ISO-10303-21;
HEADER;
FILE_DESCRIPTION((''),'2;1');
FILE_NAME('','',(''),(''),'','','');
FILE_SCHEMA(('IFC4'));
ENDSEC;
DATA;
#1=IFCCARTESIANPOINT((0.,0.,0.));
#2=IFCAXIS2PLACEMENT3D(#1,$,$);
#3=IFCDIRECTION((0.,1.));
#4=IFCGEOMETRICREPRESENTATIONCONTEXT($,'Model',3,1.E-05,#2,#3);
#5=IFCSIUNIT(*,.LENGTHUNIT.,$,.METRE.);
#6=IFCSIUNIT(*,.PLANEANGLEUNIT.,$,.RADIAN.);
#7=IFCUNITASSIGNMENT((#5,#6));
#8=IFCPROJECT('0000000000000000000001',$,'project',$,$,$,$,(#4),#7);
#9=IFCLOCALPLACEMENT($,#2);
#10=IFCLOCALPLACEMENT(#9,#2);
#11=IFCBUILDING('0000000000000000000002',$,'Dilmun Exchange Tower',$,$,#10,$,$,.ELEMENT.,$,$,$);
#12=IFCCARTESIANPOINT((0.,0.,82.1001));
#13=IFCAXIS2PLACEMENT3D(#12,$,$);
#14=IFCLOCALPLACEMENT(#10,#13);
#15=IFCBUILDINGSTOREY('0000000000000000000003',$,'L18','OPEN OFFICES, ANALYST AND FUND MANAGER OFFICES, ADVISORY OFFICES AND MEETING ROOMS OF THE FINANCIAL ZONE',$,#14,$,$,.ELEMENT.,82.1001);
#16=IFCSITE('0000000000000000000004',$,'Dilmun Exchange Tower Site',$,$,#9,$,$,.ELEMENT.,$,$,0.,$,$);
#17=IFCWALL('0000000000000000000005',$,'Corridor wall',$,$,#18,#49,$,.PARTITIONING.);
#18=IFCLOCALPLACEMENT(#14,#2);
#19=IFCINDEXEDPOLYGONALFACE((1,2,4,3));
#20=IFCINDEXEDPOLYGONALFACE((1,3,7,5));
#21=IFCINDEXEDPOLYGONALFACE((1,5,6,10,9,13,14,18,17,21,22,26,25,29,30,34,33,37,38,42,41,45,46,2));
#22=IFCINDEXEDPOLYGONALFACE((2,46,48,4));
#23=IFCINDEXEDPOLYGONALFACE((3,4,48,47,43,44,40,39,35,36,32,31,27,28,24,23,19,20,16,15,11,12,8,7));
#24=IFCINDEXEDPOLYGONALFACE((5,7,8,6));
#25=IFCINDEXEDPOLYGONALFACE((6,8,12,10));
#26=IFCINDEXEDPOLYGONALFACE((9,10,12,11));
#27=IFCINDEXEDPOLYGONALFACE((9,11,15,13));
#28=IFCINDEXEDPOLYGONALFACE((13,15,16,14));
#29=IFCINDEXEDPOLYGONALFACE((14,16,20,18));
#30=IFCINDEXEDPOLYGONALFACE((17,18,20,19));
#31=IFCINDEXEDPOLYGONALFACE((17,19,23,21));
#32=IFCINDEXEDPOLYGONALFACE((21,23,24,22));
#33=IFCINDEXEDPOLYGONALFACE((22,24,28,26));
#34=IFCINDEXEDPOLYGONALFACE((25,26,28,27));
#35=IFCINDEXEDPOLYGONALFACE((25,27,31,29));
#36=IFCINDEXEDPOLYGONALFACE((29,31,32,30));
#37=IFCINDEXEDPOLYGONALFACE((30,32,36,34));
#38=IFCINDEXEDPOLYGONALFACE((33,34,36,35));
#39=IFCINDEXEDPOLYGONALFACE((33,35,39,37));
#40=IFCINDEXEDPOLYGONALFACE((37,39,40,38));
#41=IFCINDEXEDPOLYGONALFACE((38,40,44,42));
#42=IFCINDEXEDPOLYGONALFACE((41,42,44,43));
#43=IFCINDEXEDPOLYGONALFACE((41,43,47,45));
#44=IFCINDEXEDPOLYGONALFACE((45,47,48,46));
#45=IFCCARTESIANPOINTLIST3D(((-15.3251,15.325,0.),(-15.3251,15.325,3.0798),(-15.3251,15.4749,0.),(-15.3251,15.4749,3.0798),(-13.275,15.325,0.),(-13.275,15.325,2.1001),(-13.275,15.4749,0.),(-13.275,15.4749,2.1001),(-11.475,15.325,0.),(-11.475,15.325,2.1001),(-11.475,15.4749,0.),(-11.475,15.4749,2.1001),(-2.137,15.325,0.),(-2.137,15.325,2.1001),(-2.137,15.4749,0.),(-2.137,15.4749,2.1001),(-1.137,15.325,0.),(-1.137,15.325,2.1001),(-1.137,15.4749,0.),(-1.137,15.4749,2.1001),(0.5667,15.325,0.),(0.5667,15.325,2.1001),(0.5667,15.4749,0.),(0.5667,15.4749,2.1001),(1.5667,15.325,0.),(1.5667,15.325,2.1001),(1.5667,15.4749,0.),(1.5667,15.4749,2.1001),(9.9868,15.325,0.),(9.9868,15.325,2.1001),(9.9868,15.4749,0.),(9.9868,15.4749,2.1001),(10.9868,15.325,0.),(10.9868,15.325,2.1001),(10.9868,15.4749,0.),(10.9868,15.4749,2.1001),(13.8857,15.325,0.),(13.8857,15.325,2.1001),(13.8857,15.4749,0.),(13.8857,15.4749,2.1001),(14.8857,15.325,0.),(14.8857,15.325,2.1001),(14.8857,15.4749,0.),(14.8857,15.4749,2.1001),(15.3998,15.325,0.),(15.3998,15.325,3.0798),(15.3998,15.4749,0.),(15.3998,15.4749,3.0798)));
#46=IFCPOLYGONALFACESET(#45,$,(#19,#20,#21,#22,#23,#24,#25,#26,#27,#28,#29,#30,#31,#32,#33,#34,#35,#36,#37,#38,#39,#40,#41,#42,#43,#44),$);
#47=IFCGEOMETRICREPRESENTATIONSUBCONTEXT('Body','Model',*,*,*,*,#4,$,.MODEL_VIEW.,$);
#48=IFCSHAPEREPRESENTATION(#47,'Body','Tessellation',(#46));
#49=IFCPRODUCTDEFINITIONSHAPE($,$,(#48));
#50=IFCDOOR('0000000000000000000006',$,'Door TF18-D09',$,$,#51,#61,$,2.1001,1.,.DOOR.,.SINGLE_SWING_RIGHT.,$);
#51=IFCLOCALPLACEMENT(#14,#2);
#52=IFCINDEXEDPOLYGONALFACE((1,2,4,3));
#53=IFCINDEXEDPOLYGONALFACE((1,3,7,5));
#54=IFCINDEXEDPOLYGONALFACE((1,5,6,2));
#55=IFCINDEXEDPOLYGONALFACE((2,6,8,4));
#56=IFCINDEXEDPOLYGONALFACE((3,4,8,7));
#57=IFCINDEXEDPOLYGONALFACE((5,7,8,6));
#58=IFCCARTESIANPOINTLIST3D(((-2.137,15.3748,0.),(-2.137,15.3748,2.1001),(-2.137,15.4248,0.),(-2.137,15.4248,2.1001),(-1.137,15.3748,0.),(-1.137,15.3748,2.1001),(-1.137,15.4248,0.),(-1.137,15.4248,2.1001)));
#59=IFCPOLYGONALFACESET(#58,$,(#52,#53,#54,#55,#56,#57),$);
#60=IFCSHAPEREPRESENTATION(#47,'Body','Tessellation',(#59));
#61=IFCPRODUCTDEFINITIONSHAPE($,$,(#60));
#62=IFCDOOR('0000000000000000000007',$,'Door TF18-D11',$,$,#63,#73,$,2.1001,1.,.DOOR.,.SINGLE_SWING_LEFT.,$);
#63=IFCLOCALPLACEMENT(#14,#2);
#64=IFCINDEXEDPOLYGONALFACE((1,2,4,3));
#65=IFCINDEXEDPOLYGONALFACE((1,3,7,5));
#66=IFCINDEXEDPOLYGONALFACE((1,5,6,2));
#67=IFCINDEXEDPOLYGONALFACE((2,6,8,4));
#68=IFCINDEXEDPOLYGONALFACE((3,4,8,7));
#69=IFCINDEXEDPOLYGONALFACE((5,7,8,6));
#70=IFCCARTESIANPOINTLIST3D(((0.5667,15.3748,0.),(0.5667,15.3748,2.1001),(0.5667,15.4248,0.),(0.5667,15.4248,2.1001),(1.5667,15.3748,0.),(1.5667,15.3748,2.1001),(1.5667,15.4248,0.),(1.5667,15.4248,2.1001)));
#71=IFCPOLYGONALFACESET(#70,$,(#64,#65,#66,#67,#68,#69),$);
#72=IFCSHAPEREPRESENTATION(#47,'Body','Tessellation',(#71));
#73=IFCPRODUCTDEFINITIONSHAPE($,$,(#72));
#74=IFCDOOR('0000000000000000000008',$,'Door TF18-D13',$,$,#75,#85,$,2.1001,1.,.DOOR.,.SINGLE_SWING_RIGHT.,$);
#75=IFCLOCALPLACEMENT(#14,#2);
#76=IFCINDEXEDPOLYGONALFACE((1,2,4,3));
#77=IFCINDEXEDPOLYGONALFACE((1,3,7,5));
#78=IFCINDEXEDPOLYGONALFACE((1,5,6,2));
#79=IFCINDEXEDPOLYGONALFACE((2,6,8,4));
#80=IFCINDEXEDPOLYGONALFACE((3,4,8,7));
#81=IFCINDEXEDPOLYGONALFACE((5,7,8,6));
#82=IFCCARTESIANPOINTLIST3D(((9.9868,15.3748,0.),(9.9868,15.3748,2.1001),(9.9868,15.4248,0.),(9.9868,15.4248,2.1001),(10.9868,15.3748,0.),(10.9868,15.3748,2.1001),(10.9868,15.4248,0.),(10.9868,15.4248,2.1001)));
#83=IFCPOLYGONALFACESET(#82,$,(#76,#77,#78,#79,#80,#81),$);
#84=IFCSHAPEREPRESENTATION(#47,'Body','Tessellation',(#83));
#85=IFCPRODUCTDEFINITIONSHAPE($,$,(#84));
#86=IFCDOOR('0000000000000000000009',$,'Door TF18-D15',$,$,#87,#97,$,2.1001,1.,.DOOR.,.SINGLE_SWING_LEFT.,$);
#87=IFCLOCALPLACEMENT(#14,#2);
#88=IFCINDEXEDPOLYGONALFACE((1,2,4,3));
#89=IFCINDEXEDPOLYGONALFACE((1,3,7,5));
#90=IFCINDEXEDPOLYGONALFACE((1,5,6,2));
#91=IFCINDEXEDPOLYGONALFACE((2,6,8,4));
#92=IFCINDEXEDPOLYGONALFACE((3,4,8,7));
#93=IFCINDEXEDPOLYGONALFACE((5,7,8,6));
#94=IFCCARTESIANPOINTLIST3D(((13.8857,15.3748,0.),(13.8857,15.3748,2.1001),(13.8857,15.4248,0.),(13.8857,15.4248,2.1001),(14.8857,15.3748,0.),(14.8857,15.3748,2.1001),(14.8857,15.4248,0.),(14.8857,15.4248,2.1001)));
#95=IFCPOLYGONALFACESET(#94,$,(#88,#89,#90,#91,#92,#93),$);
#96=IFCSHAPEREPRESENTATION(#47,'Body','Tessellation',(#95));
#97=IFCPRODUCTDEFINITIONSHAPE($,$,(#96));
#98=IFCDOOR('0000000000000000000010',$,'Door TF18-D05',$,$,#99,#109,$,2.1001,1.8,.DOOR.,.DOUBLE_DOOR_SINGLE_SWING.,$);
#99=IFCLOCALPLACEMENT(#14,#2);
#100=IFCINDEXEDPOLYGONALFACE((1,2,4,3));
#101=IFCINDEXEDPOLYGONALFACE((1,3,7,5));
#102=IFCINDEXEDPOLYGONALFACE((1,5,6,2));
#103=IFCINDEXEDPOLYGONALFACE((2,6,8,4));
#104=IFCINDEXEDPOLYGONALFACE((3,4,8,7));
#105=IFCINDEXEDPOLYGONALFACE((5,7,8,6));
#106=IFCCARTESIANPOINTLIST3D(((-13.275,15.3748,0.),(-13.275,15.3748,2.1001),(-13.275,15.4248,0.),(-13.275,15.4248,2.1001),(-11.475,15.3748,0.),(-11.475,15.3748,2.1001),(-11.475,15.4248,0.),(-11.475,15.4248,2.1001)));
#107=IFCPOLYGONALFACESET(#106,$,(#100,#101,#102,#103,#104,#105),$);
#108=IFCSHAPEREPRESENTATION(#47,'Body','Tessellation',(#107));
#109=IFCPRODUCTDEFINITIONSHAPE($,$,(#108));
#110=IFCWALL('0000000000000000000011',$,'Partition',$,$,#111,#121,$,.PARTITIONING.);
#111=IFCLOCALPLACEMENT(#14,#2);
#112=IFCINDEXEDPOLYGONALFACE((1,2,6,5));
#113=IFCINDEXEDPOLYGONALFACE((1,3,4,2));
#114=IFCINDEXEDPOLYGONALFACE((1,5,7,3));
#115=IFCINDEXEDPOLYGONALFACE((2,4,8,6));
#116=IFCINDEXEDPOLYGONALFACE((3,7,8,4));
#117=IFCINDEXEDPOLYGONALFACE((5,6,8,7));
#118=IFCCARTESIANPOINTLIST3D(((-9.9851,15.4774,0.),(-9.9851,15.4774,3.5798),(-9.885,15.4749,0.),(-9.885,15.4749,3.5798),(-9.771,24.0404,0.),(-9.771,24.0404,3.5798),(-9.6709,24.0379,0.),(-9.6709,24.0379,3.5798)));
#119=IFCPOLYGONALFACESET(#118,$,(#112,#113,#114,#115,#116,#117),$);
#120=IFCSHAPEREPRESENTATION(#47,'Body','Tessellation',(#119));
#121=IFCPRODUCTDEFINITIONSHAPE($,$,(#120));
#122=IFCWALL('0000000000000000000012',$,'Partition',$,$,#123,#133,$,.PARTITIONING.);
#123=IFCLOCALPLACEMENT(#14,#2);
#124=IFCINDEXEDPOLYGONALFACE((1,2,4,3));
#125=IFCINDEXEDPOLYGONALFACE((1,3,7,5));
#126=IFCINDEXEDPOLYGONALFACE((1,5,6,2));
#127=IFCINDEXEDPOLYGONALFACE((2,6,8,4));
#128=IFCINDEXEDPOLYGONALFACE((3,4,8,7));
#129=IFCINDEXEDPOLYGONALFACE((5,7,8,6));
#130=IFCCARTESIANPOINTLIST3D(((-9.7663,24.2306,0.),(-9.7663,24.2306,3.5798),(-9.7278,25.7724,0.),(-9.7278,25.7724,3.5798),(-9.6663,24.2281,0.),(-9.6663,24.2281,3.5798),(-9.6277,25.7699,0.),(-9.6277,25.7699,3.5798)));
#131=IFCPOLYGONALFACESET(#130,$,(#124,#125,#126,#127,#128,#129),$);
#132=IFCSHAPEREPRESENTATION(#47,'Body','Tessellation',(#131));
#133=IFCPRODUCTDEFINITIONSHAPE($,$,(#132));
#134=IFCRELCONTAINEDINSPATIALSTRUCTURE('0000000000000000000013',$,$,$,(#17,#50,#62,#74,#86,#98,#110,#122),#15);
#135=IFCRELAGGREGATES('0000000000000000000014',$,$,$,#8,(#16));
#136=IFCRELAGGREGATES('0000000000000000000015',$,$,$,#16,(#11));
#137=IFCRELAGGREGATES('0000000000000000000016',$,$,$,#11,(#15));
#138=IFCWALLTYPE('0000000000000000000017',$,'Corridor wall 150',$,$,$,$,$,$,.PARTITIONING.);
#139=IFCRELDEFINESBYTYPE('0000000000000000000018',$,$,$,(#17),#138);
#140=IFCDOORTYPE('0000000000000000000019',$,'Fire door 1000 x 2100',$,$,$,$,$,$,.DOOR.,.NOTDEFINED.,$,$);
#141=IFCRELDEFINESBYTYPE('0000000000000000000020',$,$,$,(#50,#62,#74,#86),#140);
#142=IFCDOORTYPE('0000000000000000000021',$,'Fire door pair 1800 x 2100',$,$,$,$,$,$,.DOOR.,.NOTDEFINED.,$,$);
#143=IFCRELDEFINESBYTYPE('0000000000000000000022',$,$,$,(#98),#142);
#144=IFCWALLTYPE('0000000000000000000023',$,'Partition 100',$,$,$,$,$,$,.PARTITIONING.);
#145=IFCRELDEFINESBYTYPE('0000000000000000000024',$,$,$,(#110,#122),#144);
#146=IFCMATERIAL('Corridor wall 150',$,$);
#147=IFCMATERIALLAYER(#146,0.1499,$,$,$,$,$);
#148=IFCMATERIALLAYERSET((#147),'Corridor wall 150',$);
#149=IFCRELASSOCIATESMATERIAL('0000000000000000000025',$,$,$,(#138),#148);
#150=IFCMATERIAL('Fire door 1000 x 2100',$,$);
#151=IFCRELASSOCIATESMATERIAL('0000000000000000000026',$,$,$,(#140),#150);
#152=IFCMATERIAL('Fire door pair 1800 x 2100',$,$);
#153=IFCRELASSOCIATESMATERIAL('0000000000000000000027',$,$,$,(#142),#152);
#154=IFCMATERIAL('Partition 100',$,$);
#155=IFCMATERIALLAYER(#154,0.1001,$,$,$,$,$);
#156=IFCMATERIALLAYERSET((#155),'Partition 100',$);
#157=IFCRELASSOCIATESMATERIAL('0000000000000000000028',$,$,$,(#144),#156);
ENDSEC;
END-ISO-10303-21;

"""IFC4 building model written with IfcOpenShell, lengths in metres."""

from ifc_helpers import new_model, si_unit, direction, frame, frame_2d, origin, place, context, subcontext, project, spatial, rectangle, extrude, material, layer, layer_set, type_object, element, fill, save


model = new_model("IFC4")

# Units and contexts
model_context = context("Model", 3, precision=1e-05, world=origin(), true_north=direction((0.0, 1.0)))
body_context = subcontext(model_context, "Body", "Model", "MODEL_VIEW")
ifc_project = project(units=[si_unit("LENGTHUNIT", "METRE"), si_unit("PLANEANGLEUNIT", "RADIAN")], contexts=[model_context])

# Site, building, storey
site_placement = place(None, origin())
site = spatial("IfcSite", under=ifc_project, at=site_placement, Name="Dilmun Exchange Tower Site", CompositionType="ELEMENT", RefElevation=0.0)
building_placement = place(site_placement, origin())
building = spatial("IfcBuilding", under=site, at=building_placement, Name="Dilmun Exchange Tower", CompositionType="ELEMENT")
storey_placement = place(building_placement, frame((0.0, 0.0, 82.1001)))
storey = spatial("IfcBuildingStorey", under=building, at=storey_placement, Name="L18", Description="OPEN OFFICES, ANALYST AND FUND MANAGER OFFICES, ADVISORY OFFICES AND MEETING ROOMS OF THE FINANCIAL ZONE", CompositionType="ELEMENT", Elevation=82.1001)

# Wall, openings, doors
ifc_material_1 = material(Name="Corridor wall 150")
ifc_layer_1 = layer(ifc_material_1, 0.1499)
ifc_layer_set_1 = layer_set([ifc_layer_1], Name="Corridor wall 150")
wall_type_1 = type_object("IfcWallType", Name="Corridor wall 150", PredefinedType="PARTITIONING", material=ifc_layer_set_1)
wall_1_placement = place(storey_placement, frame((-15.325, 15.3999, 0.0), z_axis=(0.0, 0.0, 1.0), x_axis=(1.0, 0.0, 0.0)))
wall_1 = element("IfcWall", 1, at=wall_1_placement, inside=storey, type_object=wall_type_1, Name="Corridor wall", PredefinedType="PARTITIONING", context=body_context, shape_type="SweptSolid", body=[
    extrude(rectangle(XDim=30.7249, YDim=0.1499, at=frame_2d((15.3623, 0.0))), origin(), (0.0, 0.0, 1.0), 3.0798),
])
opening_1_placement = place(wall_1_placement, frame((2.05, 0.0, 0.0)))
opening_1 = element("IfcOpeningElement", 2, at=opening_1_placement, cuts=wall_1, PredefinedType="OPENING", context=body_context, shape_type="SweptSolid", body=[
    extrude(rectangle(XDim=1.8, YDim=2.1001, at=frame_2d((0.8999, 1.05))), frame((0.0, 0.085, 0.0), z_axis=(0.0, -1.0, 0.0), x_axis=(1.0, 0.0, 0.0)), (0.0, 0.0, 1.0), 0.1699),
])
opening_2_placement = place(wall_1_placement, frame((13.188, 0.0, 0.0)))
opening_2 = element("IfcOpeningElement", 3, at=opening_2_placement, cuts=wall_1, PredefinedType="OPENING", context=body_context, shape_type="SweptSolid", body=[
    extrude(rectangle(XDim=1.0, YDim=2.1001, at=frame_2d((0.5, 1.05))), frame((0.0, 0.085, 0.0), z_axis=(0.0, -1.0, 0.0), x_axis=(1.0, 0.0, 0.0)), (0.0, 0.0, 1.0), 0.1699),
])
opening_3_placement = place(wall_1_placement, frame((15.8916, 0.0, 0.0)))
opening_3 = element("IfcOpeningElement", 4, at=opening_3_placement, cuts=wall_1, PredefinedType="OPENING", context=body_context, shape_type="SweptSolid", body=[
    extrude(rectangle(XDim=1.0, YDim=2.1001, at=frame_2d((0.5, 1.05))), frame((0.0, 0.085, 0.0), z_axis=(0.0, -1.0, 0.0), x_axis=(1.0, 0.0, 0.0)), (0.0, 0.0, 1.0), 0.1699),
])
opening_4_placement = place(wall_1_placement, frame((25.3118, 0.0, 0.0)))
opening_4 = element("IfcOpeningElement", 5, at=opening_4_placement, cuts=wall_1, PredefinedType="OPENING", context=body_context, shape_type="SweptSolid", body=[
    extrude(rectangle(XDim=1.0, YDim=2.1001, at=frame_2d((0.5, 1.05))), frame((0.0, 0.085, 0.0), z_axis=(0.0, -1.0, 0.0), x_axis=(1.0, 0.0, 0.0)), (0.0, 0.0, 1.0), 0.1699),
])
opening_5_placement = place(wall_1_placement, frame((29.2107, 0.0, 0.0)))
opening_5 = element("IfcOpeningElement", 6, at=opening_5_placement, cuts=wall_1, PredefinedType="OPENING", context=body_context, shape_type="SweptSolid", body=[
    extrude(rectangle(XDim=1.0, YDim=2.1001, at=frame_2d((0.5, 1.05))), frame((0.0, 0.085, 0.0), z_axis=(0.0, -1.0, 0.0), x_axis=(1.0, 0.0, 0.0)), (0.0, 0.0, 1.0), 0.1699),
])
ifc_material_2 = material(Name="Fire door 1000 x 2100")
door_type_1 = type_object("IfcDoorType", Name="Fire door 1000 x 2100", OperationType="NOTDEFINED", PredefinedType="DOOR", material=ifc_material_2)
door_1_placement = place(opening_2_placement, origin())
door_1 = element("IfcDoor", 7, at=door_1_placement, inside=storey, type_object=door_type_1, Name="Door TF18-D09", OperationType="SINGLE_SWING_RIGHT", OverallHeight=2.1001, OverallWidth=1.0, PredefinedType="DOOR", context=body_context, shape_type="SweptSolid", body=[
    extrude(rectangle(XDim=1.0, YDim=2.1001, at=frame_2d((0.5, 1.05))), frame((0.0, 0.0249, 0.0), z_axis=(0.0, -1.0, 0.0), x_axis=(1.0, 0.0, 0.0)), (0.0, 0.0, 1.0), 0.05),
])
fill(opening_2, door_1)
door_2_placement = place(opening_3_placement, origin())
door_2 = element("IfcDoor", 8, at=door_2_placement, inside=storey, type_object=door_type_1, Name="Door TF18-D11", OperationType="SINGLE_SWING_LEFT", OverallHeight=2.1001, OverallWidth=1.0, PredefinedType="DOOR", context=body_context, shape_type="SweptSolid", body=[
    extrude(rectangle(XDim=1.0, YDim=2.1001, at=frame_2d((0.5, 1.05))), frame((0.0, 0.0249, 0.0), z_axis=(0.0, -1.0, 0.0), x_axis=(1.0, 0.0, 0.0)), (0.0, 0.0, 1.0), 0.05),
])
fill(opening_3, door_2)
door_3_placement = place(opening_4_placement, origin())
door_3 = element("IfcDoor", 9, at=door_3_placement, inside=storey, type_object=door_type_1, Name="Door TF18-D13", OperationType="SINGLE_SWING_RIGHT", OverallHeight=2.1001, OverallWidth=1.0, PredefinedType="DOOR", context=body_context, shape_type="SweptSolid", body=[
    extrude(rectangle(XDim=1.0, YDim=2.1001, at=frame_2d((0.5, 1.05))), frame((0.0, 0.0249, 0.0), z_axis=(0.0, -1.0, 0.0), x_axis=(1.0, 0.0, 0.0)), (0.0, 0.0, 1.0), 0.05),
])
fill(opening_4, door_3)
door_4_placement = place(opening_5_placement, origin())
door_4 = element("IfcDoor", 10, at=door_4_placement, inside=storey, type_object=door_type_1, Name="Door TF18-D15", OperationType="SINGLE_SWING_LEFT", OverallHeight=2.1001, OverallWidth=1.0, PredefinedType="DOOR", context=body_context, shape_type="SweptSolid", body=[
    extrude(rectangle(XDim=1.0, YDim=2.1001, at=frame_2d((0.5, 1.05))), frame((0.0, 0.0249, 0.0), z_axis=(0.0, -1.0, 0.0), x_axis=(1.0, 0.0, 0.0)), (0.0, 0.0, 1.0), 0.05),
])
fill(opening_5, door_4)
ifc_material_3 = material(Name="Fire door pair 1800 x 2100")
door_type_2 = type_object("IfcDoorType", Name="Fire door pair 1800 x 2100", OperationType="NOTDEFINED", PredefinedType="DOOR", material=ifc_material_3)
door_5_placement = place(opening_1_placement, origin())
door_5 = element("IfcDoor", 11, at=door_5_placement, inside=storey, type_object=door_type_2, Name="Door TF18-D05", OperationType="DOUBLE_DOOR_SINGLE_SWING", OverallHeight=2.1001, OverallWidth=1.8, PredefinedType="DOOR", context=body_context, shape_type="SweptSolid", body=[
    extrude(rectangle(XDim=1.8, YDim=2.1001, at=frame_2d((0.8999, 1.05))), frame((0.0, 0.0249, 0.0), z_axis=(0.0, -1.0, 0.0), x_axis=(1.0, 0.0, 0.0)), (0.0, 0.0, 1.0), 0.05),
])
fill(opening_1, door_5)

# Walls
ifc_material_4 = material(Name="Partition 100")
ifc_layer_2 = layer(ifc_material_4, 0.1001)
ifc_layer_set_2 = layer_set([ifc_layer_2], Name="Partition 100")
wall_type_2 = type_object("IfcWallType", Name="Partition 100", PredefinedType="PARTITIONING", material=ifc_layer_set_2)
wall_2_placement = place(storey_placement, frame((-9.9351, 15.4763, 0.0), z_axis=(0.0, 0.0, 1.0), x_axis=(0.024996, 0.999688, 0.0)))
element("IfcWall", 12, at=wall_2_placement, inside=storey, type_object=wall_type_2, Name="Partition", PredefinedType="PARTITIONING", context=body_context, shape_type="SweptSolid", body=[
    extrude(rectangle(XDim=8.5657, YDim=0.1001, at=frame_2d((4.2827, 0.0))), origin(), (0.0, 0.0, 1.0), 3.5798),
])
wall_3_placement = place(storey_placement, frame((-9.7163, 24.2295, 0.0), z_axis=(0.0, 0.0, 1.0), x_axis=(0.025012, 0.999687, 0.0)))
element("IfcWall", 13, at=wall_3_placement, inside=storey, type_object=wall_type_2, Name="Partition", PredefinedType="PARTITIONING", context=body_context, shape_type="SweptSolid", body=[
    extrude(rectangle(XDim=1.5422, YDim=0.1001, at=frame_2d((0.771, 0.0))), origin(), (0.0, 0.0, 1.0), 3.5798),
])

save(model, "model.ifc")
